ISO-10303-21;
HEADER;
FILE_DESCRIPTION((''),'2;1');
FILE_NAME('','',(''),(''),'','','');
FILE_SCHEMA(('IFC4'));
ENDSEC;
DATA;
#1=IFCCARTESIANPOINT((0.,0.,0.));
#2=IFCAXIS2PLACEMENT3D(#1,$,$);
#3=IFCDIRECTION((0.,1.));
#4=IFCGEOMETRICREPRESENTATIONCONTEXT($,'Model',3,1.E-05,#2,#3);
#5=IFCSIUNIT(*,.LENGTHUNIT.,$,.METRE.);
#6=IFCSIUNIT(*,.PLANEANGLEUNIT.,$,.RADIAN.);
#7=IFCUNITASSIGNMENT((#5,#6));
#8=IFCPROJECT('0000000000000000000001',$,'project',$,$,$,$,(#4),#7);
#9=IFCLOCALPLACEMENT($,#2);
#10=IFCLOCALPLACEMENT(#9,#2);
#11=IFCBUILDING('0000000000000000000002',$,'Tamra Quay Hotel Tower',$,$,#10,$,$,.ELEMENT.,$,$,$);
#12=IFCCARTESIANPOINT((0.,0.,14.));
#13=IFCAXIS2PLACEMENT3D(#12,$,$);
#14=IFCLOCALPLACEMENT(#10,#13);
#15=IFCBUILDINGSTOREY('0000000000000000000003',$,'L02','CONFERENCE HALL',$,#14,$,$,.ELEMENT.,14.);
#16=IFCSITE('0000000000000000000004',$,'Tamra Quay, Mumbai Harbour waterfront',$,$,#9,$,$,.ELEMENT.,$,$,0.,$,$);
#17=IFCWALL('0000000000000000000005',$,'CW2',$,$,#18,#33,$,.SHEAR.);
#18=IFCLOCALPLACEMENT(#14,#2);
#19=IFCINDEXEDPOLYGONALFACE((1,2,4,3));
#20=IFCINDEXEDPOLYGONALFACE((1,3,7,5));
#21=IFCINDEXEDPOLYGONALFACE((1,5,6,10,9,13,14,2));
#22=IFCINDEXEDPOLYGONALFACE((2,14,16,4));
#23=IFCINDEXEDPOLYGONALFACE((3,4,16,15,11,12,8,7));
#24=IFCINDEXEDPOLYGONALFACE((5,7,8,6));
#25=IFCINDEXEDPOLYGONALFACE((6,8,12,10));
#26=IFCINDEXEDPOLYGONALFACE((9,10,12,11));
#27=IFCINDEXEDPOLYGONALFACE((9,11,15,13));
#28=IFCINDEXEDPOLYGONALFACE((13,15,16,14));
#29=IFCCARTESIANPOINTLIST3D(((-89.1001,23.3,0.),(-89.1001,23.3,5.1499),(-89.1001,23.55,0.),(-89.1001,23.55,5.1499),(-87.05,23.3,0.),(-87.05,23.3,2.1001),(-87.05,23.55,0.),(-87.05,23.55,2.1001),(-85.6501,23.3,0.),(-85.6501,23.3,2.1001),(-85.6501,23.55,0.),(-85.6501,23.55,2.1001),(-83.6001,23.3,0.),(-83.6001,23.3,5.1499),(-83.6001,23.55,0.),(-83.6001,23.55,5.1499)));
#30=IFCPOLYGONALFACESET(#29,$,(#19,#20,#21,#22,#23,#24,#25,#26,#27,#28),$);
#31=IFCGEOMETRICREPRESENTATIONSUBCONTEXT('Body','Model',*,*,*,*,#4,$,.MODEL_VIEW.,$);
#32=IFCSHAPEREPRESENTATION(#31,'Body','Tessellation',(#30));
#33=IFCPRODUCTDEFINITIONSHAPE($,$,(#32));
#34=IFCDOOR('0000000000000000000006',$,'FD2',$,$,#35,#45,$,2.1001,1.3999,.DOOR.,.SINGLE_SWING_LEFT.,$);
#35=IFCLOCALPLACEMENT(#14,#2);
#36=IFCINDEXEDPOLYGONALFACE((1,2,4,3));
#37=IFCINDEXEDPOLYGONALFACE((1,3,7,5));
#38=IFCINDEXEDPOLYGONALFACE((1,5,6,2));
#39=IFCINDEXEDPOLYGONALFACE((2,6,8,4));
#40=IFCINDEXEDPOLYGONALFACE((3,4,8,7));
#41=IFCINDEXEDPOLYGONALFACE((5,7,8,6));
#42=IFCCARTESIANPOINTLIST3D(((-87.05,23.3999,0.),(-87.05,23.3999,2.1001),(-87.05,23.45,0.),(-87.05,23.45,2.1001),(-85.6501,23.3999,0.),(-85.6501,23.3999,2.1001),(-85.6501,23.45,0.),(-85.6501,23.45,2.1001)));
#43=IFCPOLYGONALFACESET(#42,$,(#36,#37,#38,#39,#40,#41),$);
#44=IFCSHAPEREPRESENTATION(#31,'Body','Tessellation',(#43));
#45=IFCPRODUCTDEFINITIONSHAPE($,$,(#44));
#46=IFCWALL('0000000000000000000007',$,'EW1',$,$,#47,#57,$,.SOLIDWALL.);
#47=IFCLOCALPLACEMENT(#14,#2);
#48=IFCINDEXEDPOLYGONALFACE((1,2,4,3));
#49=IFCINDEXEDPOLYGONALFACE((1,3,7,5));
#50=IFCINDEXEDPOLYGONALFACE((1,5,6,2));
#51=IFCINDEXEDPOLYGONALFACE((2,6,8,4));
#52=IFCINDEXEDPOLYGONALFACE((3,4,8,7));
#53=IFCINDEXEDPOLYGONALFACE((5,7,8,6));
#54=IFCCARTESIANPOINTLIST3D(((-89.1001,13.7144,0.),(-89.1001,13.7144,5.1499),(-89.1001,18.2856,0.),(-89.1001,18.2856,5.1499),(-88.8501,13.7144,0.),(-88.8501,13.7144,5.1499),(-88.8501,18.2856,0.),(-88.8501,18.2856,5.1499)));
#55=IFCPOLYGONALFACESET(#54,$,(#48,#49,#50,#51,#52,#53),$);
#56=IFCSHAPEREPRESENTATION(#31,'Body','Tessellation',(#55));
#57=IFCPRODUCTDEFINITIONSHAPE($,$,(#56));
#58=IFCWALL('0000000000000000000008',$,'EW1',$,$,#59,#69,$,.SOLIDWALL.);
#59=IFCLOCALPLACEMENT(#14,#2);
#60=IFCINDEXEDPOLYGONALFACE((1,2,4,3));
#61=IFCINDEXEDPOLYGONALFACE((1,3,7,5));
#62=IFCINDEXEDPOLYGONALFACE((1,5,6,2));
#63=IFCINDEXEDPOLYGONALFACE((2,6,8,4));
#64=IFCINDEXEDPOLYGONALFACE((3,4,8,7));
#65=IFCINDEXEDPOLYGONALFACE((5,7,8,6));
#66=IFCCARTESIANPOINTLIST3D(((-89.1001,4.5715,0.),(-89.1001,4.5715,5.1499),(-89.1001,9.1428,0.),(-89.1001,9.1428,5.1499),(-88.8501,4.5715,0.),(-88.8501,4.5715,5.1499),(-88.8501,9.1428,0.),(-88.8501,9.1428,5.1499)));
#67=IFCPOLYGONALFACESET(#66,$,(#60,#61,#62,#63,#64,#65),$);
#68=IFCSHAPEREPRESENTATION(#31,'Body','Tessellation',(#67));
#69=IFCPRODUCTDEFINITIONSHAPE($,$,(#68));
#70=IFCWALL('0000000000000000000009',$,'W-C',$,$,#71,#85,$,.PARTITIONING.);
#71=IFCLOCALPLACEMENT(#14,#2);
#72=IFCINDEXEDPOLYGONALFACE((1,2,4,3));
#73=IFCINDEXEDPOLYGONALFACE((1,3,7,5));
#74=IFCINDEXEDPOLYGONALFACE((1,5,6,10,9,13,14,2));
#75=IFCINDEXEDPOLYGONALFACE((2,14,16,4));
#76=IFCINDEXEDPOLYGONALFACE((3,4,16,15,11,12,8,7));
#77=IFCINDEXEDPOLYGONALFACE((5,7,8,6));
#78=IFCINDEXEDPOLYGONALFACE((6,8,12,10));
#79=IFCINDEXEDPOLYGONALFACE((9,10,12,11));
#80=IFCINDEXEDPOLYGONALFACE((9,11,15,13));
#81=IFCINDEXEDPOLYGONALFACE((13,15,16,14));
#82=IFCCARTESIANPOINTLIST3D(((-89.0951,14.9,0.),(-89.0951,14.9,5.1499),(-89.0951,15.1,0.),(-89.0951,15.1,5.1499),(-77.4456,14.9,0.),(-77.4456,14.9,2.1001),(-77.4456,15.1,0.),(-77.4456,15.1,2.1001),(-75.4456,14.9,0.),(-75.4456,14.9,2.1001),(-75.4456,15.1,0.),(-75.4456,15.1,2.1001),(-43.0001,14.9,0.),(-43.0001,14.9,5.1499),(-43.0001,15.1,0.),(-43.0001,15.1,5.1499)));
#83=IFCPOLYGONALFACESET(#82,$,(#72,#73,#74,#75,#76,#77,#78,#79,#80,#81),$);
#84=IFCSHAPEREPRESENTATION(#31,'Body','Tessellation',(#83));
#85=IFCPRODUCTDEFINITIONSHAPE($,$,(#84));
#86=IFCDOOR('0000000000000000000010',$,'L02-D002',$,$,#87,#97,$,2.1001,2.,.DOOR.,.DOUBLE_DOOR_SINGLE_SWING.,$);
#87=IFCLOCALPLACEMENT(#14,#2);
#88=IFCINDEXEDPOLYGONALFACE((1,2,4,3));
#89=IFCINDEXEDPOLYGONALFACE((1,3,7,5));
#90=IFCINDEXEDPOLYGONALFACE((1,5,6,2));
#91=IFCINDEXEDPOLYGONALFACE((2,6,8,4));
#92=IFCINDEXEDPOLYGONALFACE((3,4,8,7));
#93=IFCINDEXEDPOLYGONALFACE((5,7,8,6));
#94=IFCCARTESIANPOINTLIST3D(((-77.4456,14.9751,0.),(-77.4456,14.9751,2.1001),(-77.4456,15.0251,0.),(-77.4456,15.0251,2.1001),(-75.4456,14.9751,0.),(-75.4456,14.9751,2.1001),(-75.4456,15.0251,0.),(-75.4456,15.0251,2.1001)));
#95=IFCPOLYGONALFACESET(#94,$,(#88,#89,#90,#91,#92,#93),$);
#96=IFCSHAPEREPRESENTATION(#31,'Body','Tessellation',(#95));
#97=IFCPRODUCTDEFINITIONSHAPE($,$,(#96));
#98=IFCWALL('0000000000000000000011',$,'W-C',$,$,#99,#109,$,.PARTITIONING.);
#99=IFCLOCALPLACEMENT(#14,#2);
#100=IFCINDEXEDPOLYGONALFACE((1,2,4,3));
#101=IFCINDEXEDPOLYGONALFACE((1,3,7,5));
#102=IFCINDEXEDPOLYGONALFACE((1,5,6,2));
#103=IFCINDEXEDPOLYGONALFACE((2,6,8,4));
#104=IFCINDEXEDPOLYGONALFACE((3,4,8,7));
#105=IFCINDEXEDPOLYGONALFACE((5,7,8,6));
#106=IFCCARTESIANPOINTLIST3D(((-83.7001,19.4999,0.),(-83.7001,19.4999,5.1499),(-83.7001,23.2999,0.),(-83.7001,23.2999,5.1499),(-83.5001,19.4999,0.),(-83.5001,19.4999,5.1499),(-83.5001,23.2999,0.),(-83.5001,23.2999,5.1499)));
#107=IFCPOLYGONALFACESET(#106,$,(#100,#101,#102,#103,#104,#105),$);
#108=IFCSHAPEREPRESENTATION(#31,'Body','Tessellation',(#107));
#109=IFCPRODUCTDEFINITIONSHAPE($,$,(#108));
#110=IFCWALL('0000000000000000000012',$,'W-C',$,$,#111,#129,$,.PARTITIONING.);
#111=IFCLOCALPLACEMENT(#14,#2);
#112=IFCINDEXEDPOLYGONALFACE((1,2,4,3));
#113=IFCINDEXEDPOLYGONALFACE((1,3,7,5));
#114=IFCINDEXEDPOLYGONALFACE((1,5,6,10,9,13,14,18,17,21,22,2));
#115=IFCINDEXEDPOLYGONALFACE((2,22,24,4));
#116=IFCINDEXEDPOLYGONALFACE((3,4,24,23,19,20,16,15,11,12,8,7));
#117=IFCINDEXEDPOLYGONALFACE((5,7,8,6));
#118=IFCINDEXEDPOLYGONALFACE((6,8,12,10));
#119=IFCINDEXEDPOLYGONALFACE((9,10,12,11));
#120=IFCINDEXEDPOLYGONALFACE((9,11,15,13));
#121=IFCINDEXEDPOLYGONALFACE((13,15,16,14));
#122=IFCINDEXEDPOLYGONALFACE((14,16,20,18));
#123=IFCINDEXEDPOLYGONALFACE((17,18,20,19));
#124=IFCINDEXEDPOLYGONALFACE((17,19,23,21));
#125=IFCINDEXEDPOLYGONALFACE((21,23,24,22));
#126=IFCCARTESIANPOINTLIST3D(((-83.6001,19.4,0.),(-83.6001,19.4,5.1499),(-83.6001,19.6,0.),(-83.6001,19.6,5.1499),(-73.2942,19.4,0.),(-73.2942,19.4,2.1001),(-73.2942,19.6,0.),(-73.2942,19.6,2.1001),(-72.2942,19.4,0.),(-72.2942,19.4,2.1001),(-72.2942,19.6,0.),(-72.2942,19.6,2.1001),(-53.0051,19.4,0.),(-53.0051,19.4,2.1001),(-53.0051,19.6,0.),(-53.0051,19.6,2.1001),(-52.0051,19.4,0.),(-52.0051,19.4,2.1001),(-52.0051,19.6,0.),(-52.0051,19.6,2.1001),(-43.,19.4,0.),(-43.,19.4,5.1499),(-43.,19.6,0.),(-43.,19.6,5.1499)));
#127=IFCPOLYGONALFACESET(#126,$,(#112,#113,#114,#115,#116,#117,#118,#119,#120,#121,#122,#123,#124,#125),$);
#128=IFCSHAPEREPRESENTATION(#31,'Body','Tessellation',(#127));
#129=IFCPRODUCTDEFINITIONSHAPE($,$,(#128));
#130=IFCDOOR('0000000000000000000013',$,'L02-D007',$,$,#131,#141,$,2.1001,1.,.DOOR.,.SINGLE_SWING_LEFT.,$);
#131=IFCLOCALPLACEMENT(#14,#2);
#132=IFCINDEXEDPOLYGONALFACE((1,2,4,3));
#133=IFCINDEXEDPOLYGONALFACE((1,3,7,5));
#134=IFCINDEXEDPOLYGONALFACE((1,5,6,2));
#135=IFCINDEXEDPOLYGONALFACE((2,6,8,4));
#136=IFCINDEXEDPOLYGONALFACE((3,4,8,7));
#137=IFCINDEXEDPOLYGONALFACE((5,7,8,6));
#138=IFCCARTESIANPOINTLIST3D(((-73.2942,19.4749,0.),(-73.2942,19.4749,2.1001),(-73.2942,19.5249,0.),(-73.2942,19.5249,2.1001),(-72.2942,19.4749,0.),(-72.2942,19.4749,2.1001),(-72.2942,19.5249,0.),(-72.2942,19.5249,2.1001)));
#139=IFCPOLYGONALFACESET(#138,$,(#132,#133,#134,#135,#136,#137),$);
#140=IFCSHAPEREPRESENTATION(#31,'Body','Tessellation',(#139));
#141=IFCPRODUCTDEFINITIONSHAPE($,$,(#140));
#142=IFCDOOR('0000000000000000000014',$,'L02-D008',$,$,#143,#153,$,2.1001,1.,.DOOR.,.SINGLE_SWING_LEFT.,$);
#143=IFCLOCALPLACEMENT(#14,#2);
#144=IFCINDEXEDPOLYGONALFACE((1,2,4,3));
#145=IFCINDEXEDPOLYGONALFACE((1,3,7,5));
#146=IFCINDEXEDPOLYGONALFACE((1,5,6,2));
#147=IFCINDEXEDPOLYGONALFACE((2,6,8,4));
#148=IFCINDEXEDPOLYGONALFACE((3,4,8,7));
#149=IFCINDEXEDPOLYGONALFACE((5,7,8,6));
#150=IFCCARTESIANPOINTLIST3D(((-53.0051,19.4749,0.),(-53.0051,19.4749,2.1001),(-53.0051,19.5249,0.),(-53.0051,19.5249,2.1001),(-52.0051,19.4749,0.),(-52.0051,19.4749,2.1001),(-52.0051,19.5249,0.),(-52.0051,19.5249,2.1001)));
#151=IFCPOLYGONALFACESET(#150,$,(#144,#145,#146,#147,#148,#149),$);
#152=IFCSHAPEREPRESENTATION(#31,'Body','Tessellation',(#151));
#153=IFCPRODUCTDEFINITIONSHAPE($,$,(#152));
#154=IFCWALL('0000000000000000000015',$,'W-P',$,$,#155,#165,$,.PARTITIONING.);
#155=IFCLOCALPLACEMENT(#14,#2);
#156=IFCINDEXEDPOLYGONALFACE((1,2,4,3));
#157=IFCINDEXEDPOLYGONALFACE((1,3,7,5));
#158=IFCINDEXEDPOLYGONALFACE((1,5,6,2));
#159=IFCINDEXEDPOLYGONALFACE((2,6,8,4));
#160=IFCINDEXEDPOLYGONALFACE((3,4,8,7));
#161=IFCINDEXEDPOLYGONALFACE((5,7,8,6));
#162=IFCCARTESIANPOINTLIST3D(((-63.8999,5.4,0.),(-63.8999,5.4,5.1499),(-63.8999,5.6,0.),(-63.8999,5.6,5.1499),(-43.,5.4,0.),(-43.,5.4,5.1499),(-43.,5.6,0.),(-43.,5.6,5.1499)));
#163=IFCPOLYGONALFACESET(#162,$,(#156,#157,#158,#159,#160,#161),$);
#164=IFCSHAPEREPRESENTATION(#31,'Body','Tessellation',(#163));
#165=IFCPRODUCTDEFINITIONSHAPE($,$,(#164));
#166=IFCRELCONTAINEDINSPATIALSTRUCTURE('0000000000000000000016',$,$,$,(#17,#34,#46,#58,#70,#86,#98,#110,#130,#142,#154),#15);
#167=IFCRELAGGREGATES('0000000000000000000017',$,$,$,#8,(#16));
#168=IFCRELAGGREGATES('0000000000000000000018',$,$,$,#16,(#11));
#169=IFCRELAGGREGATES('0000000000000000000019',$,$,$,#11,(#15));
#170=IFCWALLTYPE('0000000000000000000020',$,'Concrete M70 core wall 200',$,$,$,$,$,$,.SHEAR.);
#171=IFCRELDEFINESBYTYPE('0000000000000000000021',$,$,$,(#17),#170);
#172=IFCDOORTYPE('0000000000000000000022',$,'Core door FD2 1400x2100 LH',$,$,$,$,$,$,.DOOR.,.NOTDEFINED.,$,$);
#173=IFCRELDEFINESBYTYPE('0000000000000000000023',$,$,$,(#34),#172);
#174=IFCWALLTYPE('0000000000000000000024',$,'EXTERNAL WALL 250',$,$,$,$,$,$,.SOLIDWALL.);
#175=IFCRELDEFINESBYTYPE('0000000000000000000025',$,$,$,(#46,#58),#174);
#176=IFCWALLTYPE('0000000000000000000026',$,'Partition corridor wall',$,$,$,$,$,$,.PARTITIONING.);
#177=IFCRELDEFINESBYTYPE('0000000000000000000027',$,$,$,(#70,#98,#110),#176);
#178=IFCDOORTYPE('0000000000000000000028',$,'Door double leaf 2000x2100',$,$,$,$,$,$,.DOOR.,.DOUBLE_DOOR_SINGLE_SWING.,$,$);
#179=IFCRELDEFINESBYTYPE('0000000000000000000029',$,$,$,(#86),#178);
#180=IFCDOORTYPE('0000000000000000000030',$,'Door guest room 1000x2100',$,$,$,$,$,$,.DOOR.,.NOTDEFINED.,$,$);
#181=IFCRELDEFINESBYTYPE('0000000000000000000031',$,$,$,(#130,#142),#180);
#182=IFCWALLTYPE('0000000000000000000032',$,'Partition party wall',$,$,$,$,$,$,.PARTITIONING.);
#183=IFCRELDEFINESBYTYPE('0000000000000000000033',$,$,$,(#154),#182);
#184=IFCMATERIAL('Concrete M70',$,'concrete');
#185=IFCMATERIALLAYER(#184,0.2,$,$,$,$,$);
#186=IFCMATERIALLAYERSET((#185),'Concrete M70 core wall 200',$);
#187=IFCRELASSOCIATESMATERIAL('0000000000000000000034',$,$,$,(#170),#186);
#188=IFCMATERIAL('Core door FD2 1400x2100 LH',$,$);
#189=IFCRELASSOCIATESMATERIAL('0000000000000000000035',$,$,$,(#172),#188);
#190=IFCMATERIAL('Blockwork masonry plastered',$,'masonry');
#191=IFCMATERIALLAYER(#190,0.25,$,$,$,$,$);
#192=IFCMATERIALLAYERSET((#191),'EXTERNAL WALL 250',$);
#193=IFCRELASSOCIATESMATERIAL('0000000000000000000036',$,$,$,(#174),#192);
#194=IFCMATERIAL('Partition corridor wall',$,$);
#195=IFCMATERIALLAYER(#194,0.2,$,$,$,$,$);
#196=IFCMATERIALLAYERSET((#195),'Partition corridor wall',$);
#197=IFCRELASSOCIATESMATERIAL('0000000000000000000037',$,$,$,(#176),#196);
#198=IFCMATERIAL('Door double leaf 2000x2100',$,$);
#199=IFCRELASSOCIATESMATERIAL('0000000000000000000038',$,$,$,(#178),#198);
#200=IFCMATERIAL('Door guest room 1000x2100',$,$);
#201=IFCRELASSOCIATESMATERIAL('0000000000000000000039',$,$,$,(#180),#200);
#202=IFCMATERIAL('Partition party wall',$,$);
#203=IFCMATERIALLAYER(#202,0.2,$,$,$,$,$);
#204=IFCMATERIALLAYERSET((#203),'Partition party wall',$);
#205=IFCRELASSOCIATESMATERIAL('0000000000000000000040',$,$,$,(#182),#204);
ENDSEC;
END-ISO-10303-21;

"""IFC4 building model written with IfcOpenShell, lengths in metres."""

from ifc_helpers import new_model, si_unit, direction, frame, frame_2d, origin, place, context, subcontext, project, spatial, rectangle, extrude, material, layer, layer_set, type_object, element, fill, save


model = new_model("IFC4")

# Units and contexts
model_context = context("Model", 3, precision=1e-05, world=origin(), true_north=direction((0.0, 1.0)))
body_context = subcontext(model_context, "Body", "Model", "MODEL_VIEW")
ifc_project = project(units=[si_unit("LENGTHUNIT", "METRE"), si_unit("PLANEANGLEUNIT", "RADIAN")], contexts=[model_context])

# Site, building, storey
site_placement = place(None, origin())
site = spatial("IfcSite", under=ifc_project, at=site_placement, Name="Tamra Quay, Mumbai Harbour waterfront", CompositionType="ELEMENT", RefElevation=0.0)
building_placement = place(site_placement, origin())
building = spatial("IfcBuilding", under=site, at=building_placement, Name="Tamra Quay Hotel Tower", CompositionType="ELEMENT")
storey_placement = place(building_placement, frame((0.0, 0.0, 14.0)))
storey = spatial("IfcBuildingStorey", under=building, at=storey_placement, Name="L02", Description="CONFERENCE HALL", CompositionType="ELEMENT", Elevation=14.0)

# Shared definitions
ifc_material_1 = material(Name="Concrete M70", Category="concrete")

# Wall, opening, door
ifc_layer_1 = layer(ifc_material_1, 0.2)
ifc_layer_set_1 = layer_set([ifc_layer_1], Name="Concrete M70 core wall 200")
wall_type_1 = type_object("IfcWallType", Name="Concrete M70 core wall 200", PredefinedType="SHEAR", material=ifc_layer_set_1)
wall_1_placement = place(storey_placement, frame((-89.1001, 23.425, 0.0), z_axis=(0.0, 0.0, 1.0), x_axis=(1.0, 0.0, 0.0)))
wall_1 = element("IfcWall", 1, at=wall_1_placement, inside=storey, type_object=wall_type_1, Name="CW2", PredefinedType="SHEAR", context=body_context, shape_type="SweptSolid", body=[
    extrude(rectangle(XDim=5.5, YDim=0.25, at=frame_2d((2.75, 0.0))), origin(), (0.0, 0.0, 1.0), 5.1499),
])
opening_1_placement = place(wall_1_placement, frame((2.05, 0.0, 0.0)))
opening_1 = element("IfcOpeningElement", 2, at=opening_1_placement, cuts=wall_1, PredefinedType="OPENING", context=body_context, shape_type="SweptSolid", body=[
    extrude(rectangle(XDim=1.3999, YDim=2.1001, at=frame_2d((0.7, 1.05))), frame((0.0, 0.135, 0.0), z_axis=(0.0, -1.0, 0.0), x_axis=(1.0, 0.0, 0.0)), (0.0, 0.0, 1.0), 0.27),
])
ifc_material_2 = material(Name="Core door FD2 1400x2100 LH")
door_type_1 = type_object("IfcDoorType", Name="Core door FD2 1400x2100 LH", OperationType="NOTDEFINED", PredefinedType="DOOR", material=ifc_material_2)
door_1_placement = place(opening_1_placement, origin())
door_1 = element("IfcDoor", 3, at=door_1_placement, inside=storey, type_object=door_type_1, Name="FD2", OperationType="SINGLE_SWING_LEFT", OverallHeight=2.1001, OverallWidth=1.3999, PredefinedType="DOOR", context=body_context, shape_type="SweptSolid", body=[
    extrude(rectangle(XDim=1.3999, YDim=2.1001, at=frame_2d((0.7, 1.05))), frame((0.0, 0.0249, 0.0), z_axis=(0.0, -1.0, 0.0), x_axis=(1.0, 0.0, 0.0)), (0.0, 0.0, 1.0), 0.05),
])
fill(opening_1, door_1)

# Walls
ifc_material_3 = material(Name="Blockwork masonry plastered", Category="masonry")
ifc_layer_2 = layer(ifc_material_3, 0.25)
ifc_layer_set_2 = layer_set([ifc_layer_2], Name="EXTERNAL WALL 250")
wall_type_2 = type_object("IfcWallType", Name="EXTERNAL WALL 250", PredefinedType="SOLIDWALL", material=ifc_layer_set_2)
for number, where, z_axis, x_axis, name in (
    (4, (-88.9751, 13.7144, 0.0), (0.0, 0.0, 1.0), (0.0, 1.0, 0.0), "EW1"),
    (5, (-88.9751, 4.5715, 0.0), (0.0, 0.0, 1.0), (0.0, 1.0, 0.0), "EW1"),
):
    element("IfcWall", number, at=place(storey_placement, frame(where, z_axis=z_axis, x_axis=x_axis)), inside=storey, type_object=wall_type_2, Name=name, PredefinedType="SOLIDWALL", context=body_context, shape_type="SweptSolid", body=[
        extrude(rectangle(XDim=4.5713, YDim=0.25, at=frame_2d((2.2856, 0.0))), origin(), (0.0, 0.0, 1.0), 5.1499),
    ])

# Wall, opening, door
ifc_material_4 = material(Name="Partition corridor wall")
ifc_layer_3 = layer(ifc_material_4, 0.2)
ifc_layer_set_3 = layer_set([ifc_layer_3], Name="Partition corridor wall")
wall_type_3 = type_object("IfcWallType", Name="Partition corridor wall", PredefinedType="PARTITIONING", material=ifc_layer_set_3)
wall_2_placement = place(storey_placement, frame((-89.095, 15.0, 0.0), z_axis=(0.0, 0.0, 1.0), x_axis=(1.0, 0.0, 0.0)))
wall_2 = element("IfcWall", 6, at=wall_2_placement, inside=storey, type_object=wall_type_3, Name="W-C", PredefinedType="PARTITIONING", context=body_context, shape_type="SweptSolid", body=[
    extrude(rectangle(XDim=46.095, YDim=0.2, at=frame_2d((23.0474, 0.0))), origin(), (0.0, 0.0, 1.0), 5.1499),
])
opening_2_placement = place(wall_2_placement, frame((11.6494, 0.0, 0.0)))
opening_2 = element("IfcOpeningElement", 7, at=opening_2_placement, cuts=wall_2, PredefinedType="OPENING", context=body_context, shape_type="SweptSolid", body=[
    extrude(rectangle(XDim=2.0, YDim=2.1001, at=frame_2d((1.0, 1.05))), frame((0.0, 0.1099, 0.0), z_axis=(0.0, -1.0, 0.0), x_axis=(1.0, 0.0, 0.0)), (0.0, 0.0, 1.0), 0.22),
])
ifc_material_5 = material(Name="Door double leaf 2000x2100")
door_type_2 = type_object("IfcDoorType", Name="Door double leaf 2000x2100", OperationType="DOUBLE_DOOR_SINGLE_SWING", PredefinedType="DOOR", material=ifc_material_5)
door_2_placement = place(opening_2_placement, frame((2.0, 0.0, 0.0), z_axis=(0.0, 0.0, 1.0), x_axis=(-1.0, 0.0, 0.0)))
door_2 = element("IfcDoor", 8, at=door_2_placement, inside=storey, type_object=door_type_2, Name="L02-D002", OperationType="DOUBLE_DOOR_SINGLE_SWING", OverallHeight=2.1001, OverallWidth=2.0, PredefinedType="DOOR", context=body_context, shape_type="SweptSolid", body=[
    extrude(rectangle(XDim=2.0, YDim=2.1001, at=frame_2d((1.0, 1.05))), frame((0.0, 0.0249, 0.0), z_axis=(0.0, -1.0, 0.0), x_axis=(1.0, 0.0, 0.0)), (0.0, 0.0, 1.0), 0.05),
])
fill(opening_2, door_2)

# Wall
wall_3_placement = place(storey_placement, frame((-83.6001, 19.5, 0.0), z_axis=(0.0, 0.0, 1.0), x_axis=(0.0, 1.0, 0.0)))
element("IfcWall", 9, at=wall_3_placement, inside=storey, type_object=wall_type_3, Name="W-C", PredefinedType="PARTITIONING", context=body_context, shape_type="SweptSolid", body=[
    extrude(rectangle(XDim=3.8, YDim=0.2, at=frame_2d((1.8999, 0.0))), origin(), (0.0, 0.0, 1.0), 5.1499),
])

# Wall, openings, doors
wall_4_placement = place(storey_placement, frame((-83.6001, 19.5, 0.0), z_axis=(0.0, 0.0, 1.0), x_axis=(1.0, 0.0, 0.0)))
wall_4 = element("IfcWall", 10, at=wall_4_placement, inside=storey, type_object=wall_type_3, Name="W-C", PredefinedType="PARTITIONING", context=body_context, shape_type="SweptSolid", body=[
    extrude(rectangle(XDim=40.6001, YDim=0.2, at=frame_2d((20.3, 0.0))), origin(), (0.0, 0.0, 1.0), 5.1499),
])
opening_3_placement = place(wall_4_placement, frame((10.3059, 0.0, 0.0)))
opening_3 = element("IfcOpeningElement", 11, at=opening_3_placement, cuts=wall_4, PredefinedType="OPENING", context=body_context, shape_type="SweptSolid", body=[
    extrude(rectangle(XDim=1.0, YDim=2.1001, at=frame_2d((0.5, 1.05))), frame((0.0, 0.1099, 0.0), z_axis=(0.0, -1.0, 0.0), x_axis=(1.0, 0.0, 0.0)), (0.0, 0.0, 1.0), 0.22),
])
opening_4_placement = place(wall_4_placement, frame((30.595, 0.0, 0.0)))
opening_4 = element("IfcOpeningElement", 12, at=opening_4_placement, cuts=wall_4, PredefinedType="OPENING", context=body_context, shape_type="SweptSolid", body=[
    extrude(rectangle(XDim=1.0, YDim=2.1001, at=frame_2d((0.5, 1.05))), frame((0.0, 0.1099, 0.0), z_axis=(0.0, -1.0, 0.0), x_axis=(1.0, 0.0, 0.0)), (0.0, 0.0, 1.0), 0.22),
])
ifc_material_6 = material(Name="Door guest room 1000x2100")
door_type_3 = type_object("IfcDoorType", Name="Door guest room 1000x2100", OperationType="NOTDEFINED", PredefinedType="DOOR", material=ifc_material_6)
door_3_placement = place(opening_3_placement, origin())
door_3 = element("IfcDoor", 13, at=door_3_placement, inside=storey, type_object=door_type_3, Name="L02-D007", OperationType="SINGLE_SWING_LEFT", OverallHeight=2.1001, OverallWidth=1.0, PredefinedType="DOOR", context=body_context, shape_type="SweptSolid", body=[
    extrude(rectangle(XDim=1.0, YDim=2.1001, at=frame_2d((0.5, 1.05))), frame((0.0, 0.0249, 0.0), z_axis=(0.0, -1.0, 0.0), x_axis=(1.0, 0.0, 0.0)), (0.0, 0.0, 1.0), 0.05),
])
fill(opening_3, door_3)
door_4_placement = place(opening_4_placement, origin())
door_4 = element("IfcDoor", 14, at=door_4_placement, inside=storey, type_object=door_type_3, Name="L02-D008", OperationType="SINGLE_SWING_LEFT", OverallHeight=2.1001, OverallWidth=1.0, PredefinedType="DOOR", context=body_context, shape_type="SweptSolid", body=[
    extrude(rectangle(XDim=1.0, YDim=2.1001, at=frame_2d((0.5, 1.05))), frame((0.0, 0.0249, 0.0), z_axis=(0.0, -1.0, 0.0), x_axis=(1.0, 0.0, 0.0)), (0.0, 0.0, 1.0), 0.05),
])
fill(opening_4, door_4)

# Wall
ifc_material_7 = material(Name="Partition party wall")
ifc_layer_4 = layer(ifc_material_7, 0.2)
ifc_layer_set_4 = layer_set([ifc_layer_4], Name="Partition party wall")
wall_type_4 = type_object("IfcWallType", Name="Partition party wall", PredefinedType="PARTITIONING", material=ifc_layer_set_4)
wall_5_placement = place(storey_placement, frame((-63.8999, 5.5, 0.0), z_axis=(0.0, 0.0, 1.0), x_axis=(1.0, 0.0, 0.0)))
element("IfcWall", 15, at=wall_5_placement, inside=storey, type_object=wall_type_4, Name="W-P", PredefinedType="PARTITIONING", context=body_context, shape_type="SweptSolid", body=[
    extrude(rectangle(XDim=20.8999, YDim=0.2, at=frame_2d((10.45, 0.0))), origin(), (0.0, 0.0, 1.0), 5.1499),
])

save(model, "model.ifc")
